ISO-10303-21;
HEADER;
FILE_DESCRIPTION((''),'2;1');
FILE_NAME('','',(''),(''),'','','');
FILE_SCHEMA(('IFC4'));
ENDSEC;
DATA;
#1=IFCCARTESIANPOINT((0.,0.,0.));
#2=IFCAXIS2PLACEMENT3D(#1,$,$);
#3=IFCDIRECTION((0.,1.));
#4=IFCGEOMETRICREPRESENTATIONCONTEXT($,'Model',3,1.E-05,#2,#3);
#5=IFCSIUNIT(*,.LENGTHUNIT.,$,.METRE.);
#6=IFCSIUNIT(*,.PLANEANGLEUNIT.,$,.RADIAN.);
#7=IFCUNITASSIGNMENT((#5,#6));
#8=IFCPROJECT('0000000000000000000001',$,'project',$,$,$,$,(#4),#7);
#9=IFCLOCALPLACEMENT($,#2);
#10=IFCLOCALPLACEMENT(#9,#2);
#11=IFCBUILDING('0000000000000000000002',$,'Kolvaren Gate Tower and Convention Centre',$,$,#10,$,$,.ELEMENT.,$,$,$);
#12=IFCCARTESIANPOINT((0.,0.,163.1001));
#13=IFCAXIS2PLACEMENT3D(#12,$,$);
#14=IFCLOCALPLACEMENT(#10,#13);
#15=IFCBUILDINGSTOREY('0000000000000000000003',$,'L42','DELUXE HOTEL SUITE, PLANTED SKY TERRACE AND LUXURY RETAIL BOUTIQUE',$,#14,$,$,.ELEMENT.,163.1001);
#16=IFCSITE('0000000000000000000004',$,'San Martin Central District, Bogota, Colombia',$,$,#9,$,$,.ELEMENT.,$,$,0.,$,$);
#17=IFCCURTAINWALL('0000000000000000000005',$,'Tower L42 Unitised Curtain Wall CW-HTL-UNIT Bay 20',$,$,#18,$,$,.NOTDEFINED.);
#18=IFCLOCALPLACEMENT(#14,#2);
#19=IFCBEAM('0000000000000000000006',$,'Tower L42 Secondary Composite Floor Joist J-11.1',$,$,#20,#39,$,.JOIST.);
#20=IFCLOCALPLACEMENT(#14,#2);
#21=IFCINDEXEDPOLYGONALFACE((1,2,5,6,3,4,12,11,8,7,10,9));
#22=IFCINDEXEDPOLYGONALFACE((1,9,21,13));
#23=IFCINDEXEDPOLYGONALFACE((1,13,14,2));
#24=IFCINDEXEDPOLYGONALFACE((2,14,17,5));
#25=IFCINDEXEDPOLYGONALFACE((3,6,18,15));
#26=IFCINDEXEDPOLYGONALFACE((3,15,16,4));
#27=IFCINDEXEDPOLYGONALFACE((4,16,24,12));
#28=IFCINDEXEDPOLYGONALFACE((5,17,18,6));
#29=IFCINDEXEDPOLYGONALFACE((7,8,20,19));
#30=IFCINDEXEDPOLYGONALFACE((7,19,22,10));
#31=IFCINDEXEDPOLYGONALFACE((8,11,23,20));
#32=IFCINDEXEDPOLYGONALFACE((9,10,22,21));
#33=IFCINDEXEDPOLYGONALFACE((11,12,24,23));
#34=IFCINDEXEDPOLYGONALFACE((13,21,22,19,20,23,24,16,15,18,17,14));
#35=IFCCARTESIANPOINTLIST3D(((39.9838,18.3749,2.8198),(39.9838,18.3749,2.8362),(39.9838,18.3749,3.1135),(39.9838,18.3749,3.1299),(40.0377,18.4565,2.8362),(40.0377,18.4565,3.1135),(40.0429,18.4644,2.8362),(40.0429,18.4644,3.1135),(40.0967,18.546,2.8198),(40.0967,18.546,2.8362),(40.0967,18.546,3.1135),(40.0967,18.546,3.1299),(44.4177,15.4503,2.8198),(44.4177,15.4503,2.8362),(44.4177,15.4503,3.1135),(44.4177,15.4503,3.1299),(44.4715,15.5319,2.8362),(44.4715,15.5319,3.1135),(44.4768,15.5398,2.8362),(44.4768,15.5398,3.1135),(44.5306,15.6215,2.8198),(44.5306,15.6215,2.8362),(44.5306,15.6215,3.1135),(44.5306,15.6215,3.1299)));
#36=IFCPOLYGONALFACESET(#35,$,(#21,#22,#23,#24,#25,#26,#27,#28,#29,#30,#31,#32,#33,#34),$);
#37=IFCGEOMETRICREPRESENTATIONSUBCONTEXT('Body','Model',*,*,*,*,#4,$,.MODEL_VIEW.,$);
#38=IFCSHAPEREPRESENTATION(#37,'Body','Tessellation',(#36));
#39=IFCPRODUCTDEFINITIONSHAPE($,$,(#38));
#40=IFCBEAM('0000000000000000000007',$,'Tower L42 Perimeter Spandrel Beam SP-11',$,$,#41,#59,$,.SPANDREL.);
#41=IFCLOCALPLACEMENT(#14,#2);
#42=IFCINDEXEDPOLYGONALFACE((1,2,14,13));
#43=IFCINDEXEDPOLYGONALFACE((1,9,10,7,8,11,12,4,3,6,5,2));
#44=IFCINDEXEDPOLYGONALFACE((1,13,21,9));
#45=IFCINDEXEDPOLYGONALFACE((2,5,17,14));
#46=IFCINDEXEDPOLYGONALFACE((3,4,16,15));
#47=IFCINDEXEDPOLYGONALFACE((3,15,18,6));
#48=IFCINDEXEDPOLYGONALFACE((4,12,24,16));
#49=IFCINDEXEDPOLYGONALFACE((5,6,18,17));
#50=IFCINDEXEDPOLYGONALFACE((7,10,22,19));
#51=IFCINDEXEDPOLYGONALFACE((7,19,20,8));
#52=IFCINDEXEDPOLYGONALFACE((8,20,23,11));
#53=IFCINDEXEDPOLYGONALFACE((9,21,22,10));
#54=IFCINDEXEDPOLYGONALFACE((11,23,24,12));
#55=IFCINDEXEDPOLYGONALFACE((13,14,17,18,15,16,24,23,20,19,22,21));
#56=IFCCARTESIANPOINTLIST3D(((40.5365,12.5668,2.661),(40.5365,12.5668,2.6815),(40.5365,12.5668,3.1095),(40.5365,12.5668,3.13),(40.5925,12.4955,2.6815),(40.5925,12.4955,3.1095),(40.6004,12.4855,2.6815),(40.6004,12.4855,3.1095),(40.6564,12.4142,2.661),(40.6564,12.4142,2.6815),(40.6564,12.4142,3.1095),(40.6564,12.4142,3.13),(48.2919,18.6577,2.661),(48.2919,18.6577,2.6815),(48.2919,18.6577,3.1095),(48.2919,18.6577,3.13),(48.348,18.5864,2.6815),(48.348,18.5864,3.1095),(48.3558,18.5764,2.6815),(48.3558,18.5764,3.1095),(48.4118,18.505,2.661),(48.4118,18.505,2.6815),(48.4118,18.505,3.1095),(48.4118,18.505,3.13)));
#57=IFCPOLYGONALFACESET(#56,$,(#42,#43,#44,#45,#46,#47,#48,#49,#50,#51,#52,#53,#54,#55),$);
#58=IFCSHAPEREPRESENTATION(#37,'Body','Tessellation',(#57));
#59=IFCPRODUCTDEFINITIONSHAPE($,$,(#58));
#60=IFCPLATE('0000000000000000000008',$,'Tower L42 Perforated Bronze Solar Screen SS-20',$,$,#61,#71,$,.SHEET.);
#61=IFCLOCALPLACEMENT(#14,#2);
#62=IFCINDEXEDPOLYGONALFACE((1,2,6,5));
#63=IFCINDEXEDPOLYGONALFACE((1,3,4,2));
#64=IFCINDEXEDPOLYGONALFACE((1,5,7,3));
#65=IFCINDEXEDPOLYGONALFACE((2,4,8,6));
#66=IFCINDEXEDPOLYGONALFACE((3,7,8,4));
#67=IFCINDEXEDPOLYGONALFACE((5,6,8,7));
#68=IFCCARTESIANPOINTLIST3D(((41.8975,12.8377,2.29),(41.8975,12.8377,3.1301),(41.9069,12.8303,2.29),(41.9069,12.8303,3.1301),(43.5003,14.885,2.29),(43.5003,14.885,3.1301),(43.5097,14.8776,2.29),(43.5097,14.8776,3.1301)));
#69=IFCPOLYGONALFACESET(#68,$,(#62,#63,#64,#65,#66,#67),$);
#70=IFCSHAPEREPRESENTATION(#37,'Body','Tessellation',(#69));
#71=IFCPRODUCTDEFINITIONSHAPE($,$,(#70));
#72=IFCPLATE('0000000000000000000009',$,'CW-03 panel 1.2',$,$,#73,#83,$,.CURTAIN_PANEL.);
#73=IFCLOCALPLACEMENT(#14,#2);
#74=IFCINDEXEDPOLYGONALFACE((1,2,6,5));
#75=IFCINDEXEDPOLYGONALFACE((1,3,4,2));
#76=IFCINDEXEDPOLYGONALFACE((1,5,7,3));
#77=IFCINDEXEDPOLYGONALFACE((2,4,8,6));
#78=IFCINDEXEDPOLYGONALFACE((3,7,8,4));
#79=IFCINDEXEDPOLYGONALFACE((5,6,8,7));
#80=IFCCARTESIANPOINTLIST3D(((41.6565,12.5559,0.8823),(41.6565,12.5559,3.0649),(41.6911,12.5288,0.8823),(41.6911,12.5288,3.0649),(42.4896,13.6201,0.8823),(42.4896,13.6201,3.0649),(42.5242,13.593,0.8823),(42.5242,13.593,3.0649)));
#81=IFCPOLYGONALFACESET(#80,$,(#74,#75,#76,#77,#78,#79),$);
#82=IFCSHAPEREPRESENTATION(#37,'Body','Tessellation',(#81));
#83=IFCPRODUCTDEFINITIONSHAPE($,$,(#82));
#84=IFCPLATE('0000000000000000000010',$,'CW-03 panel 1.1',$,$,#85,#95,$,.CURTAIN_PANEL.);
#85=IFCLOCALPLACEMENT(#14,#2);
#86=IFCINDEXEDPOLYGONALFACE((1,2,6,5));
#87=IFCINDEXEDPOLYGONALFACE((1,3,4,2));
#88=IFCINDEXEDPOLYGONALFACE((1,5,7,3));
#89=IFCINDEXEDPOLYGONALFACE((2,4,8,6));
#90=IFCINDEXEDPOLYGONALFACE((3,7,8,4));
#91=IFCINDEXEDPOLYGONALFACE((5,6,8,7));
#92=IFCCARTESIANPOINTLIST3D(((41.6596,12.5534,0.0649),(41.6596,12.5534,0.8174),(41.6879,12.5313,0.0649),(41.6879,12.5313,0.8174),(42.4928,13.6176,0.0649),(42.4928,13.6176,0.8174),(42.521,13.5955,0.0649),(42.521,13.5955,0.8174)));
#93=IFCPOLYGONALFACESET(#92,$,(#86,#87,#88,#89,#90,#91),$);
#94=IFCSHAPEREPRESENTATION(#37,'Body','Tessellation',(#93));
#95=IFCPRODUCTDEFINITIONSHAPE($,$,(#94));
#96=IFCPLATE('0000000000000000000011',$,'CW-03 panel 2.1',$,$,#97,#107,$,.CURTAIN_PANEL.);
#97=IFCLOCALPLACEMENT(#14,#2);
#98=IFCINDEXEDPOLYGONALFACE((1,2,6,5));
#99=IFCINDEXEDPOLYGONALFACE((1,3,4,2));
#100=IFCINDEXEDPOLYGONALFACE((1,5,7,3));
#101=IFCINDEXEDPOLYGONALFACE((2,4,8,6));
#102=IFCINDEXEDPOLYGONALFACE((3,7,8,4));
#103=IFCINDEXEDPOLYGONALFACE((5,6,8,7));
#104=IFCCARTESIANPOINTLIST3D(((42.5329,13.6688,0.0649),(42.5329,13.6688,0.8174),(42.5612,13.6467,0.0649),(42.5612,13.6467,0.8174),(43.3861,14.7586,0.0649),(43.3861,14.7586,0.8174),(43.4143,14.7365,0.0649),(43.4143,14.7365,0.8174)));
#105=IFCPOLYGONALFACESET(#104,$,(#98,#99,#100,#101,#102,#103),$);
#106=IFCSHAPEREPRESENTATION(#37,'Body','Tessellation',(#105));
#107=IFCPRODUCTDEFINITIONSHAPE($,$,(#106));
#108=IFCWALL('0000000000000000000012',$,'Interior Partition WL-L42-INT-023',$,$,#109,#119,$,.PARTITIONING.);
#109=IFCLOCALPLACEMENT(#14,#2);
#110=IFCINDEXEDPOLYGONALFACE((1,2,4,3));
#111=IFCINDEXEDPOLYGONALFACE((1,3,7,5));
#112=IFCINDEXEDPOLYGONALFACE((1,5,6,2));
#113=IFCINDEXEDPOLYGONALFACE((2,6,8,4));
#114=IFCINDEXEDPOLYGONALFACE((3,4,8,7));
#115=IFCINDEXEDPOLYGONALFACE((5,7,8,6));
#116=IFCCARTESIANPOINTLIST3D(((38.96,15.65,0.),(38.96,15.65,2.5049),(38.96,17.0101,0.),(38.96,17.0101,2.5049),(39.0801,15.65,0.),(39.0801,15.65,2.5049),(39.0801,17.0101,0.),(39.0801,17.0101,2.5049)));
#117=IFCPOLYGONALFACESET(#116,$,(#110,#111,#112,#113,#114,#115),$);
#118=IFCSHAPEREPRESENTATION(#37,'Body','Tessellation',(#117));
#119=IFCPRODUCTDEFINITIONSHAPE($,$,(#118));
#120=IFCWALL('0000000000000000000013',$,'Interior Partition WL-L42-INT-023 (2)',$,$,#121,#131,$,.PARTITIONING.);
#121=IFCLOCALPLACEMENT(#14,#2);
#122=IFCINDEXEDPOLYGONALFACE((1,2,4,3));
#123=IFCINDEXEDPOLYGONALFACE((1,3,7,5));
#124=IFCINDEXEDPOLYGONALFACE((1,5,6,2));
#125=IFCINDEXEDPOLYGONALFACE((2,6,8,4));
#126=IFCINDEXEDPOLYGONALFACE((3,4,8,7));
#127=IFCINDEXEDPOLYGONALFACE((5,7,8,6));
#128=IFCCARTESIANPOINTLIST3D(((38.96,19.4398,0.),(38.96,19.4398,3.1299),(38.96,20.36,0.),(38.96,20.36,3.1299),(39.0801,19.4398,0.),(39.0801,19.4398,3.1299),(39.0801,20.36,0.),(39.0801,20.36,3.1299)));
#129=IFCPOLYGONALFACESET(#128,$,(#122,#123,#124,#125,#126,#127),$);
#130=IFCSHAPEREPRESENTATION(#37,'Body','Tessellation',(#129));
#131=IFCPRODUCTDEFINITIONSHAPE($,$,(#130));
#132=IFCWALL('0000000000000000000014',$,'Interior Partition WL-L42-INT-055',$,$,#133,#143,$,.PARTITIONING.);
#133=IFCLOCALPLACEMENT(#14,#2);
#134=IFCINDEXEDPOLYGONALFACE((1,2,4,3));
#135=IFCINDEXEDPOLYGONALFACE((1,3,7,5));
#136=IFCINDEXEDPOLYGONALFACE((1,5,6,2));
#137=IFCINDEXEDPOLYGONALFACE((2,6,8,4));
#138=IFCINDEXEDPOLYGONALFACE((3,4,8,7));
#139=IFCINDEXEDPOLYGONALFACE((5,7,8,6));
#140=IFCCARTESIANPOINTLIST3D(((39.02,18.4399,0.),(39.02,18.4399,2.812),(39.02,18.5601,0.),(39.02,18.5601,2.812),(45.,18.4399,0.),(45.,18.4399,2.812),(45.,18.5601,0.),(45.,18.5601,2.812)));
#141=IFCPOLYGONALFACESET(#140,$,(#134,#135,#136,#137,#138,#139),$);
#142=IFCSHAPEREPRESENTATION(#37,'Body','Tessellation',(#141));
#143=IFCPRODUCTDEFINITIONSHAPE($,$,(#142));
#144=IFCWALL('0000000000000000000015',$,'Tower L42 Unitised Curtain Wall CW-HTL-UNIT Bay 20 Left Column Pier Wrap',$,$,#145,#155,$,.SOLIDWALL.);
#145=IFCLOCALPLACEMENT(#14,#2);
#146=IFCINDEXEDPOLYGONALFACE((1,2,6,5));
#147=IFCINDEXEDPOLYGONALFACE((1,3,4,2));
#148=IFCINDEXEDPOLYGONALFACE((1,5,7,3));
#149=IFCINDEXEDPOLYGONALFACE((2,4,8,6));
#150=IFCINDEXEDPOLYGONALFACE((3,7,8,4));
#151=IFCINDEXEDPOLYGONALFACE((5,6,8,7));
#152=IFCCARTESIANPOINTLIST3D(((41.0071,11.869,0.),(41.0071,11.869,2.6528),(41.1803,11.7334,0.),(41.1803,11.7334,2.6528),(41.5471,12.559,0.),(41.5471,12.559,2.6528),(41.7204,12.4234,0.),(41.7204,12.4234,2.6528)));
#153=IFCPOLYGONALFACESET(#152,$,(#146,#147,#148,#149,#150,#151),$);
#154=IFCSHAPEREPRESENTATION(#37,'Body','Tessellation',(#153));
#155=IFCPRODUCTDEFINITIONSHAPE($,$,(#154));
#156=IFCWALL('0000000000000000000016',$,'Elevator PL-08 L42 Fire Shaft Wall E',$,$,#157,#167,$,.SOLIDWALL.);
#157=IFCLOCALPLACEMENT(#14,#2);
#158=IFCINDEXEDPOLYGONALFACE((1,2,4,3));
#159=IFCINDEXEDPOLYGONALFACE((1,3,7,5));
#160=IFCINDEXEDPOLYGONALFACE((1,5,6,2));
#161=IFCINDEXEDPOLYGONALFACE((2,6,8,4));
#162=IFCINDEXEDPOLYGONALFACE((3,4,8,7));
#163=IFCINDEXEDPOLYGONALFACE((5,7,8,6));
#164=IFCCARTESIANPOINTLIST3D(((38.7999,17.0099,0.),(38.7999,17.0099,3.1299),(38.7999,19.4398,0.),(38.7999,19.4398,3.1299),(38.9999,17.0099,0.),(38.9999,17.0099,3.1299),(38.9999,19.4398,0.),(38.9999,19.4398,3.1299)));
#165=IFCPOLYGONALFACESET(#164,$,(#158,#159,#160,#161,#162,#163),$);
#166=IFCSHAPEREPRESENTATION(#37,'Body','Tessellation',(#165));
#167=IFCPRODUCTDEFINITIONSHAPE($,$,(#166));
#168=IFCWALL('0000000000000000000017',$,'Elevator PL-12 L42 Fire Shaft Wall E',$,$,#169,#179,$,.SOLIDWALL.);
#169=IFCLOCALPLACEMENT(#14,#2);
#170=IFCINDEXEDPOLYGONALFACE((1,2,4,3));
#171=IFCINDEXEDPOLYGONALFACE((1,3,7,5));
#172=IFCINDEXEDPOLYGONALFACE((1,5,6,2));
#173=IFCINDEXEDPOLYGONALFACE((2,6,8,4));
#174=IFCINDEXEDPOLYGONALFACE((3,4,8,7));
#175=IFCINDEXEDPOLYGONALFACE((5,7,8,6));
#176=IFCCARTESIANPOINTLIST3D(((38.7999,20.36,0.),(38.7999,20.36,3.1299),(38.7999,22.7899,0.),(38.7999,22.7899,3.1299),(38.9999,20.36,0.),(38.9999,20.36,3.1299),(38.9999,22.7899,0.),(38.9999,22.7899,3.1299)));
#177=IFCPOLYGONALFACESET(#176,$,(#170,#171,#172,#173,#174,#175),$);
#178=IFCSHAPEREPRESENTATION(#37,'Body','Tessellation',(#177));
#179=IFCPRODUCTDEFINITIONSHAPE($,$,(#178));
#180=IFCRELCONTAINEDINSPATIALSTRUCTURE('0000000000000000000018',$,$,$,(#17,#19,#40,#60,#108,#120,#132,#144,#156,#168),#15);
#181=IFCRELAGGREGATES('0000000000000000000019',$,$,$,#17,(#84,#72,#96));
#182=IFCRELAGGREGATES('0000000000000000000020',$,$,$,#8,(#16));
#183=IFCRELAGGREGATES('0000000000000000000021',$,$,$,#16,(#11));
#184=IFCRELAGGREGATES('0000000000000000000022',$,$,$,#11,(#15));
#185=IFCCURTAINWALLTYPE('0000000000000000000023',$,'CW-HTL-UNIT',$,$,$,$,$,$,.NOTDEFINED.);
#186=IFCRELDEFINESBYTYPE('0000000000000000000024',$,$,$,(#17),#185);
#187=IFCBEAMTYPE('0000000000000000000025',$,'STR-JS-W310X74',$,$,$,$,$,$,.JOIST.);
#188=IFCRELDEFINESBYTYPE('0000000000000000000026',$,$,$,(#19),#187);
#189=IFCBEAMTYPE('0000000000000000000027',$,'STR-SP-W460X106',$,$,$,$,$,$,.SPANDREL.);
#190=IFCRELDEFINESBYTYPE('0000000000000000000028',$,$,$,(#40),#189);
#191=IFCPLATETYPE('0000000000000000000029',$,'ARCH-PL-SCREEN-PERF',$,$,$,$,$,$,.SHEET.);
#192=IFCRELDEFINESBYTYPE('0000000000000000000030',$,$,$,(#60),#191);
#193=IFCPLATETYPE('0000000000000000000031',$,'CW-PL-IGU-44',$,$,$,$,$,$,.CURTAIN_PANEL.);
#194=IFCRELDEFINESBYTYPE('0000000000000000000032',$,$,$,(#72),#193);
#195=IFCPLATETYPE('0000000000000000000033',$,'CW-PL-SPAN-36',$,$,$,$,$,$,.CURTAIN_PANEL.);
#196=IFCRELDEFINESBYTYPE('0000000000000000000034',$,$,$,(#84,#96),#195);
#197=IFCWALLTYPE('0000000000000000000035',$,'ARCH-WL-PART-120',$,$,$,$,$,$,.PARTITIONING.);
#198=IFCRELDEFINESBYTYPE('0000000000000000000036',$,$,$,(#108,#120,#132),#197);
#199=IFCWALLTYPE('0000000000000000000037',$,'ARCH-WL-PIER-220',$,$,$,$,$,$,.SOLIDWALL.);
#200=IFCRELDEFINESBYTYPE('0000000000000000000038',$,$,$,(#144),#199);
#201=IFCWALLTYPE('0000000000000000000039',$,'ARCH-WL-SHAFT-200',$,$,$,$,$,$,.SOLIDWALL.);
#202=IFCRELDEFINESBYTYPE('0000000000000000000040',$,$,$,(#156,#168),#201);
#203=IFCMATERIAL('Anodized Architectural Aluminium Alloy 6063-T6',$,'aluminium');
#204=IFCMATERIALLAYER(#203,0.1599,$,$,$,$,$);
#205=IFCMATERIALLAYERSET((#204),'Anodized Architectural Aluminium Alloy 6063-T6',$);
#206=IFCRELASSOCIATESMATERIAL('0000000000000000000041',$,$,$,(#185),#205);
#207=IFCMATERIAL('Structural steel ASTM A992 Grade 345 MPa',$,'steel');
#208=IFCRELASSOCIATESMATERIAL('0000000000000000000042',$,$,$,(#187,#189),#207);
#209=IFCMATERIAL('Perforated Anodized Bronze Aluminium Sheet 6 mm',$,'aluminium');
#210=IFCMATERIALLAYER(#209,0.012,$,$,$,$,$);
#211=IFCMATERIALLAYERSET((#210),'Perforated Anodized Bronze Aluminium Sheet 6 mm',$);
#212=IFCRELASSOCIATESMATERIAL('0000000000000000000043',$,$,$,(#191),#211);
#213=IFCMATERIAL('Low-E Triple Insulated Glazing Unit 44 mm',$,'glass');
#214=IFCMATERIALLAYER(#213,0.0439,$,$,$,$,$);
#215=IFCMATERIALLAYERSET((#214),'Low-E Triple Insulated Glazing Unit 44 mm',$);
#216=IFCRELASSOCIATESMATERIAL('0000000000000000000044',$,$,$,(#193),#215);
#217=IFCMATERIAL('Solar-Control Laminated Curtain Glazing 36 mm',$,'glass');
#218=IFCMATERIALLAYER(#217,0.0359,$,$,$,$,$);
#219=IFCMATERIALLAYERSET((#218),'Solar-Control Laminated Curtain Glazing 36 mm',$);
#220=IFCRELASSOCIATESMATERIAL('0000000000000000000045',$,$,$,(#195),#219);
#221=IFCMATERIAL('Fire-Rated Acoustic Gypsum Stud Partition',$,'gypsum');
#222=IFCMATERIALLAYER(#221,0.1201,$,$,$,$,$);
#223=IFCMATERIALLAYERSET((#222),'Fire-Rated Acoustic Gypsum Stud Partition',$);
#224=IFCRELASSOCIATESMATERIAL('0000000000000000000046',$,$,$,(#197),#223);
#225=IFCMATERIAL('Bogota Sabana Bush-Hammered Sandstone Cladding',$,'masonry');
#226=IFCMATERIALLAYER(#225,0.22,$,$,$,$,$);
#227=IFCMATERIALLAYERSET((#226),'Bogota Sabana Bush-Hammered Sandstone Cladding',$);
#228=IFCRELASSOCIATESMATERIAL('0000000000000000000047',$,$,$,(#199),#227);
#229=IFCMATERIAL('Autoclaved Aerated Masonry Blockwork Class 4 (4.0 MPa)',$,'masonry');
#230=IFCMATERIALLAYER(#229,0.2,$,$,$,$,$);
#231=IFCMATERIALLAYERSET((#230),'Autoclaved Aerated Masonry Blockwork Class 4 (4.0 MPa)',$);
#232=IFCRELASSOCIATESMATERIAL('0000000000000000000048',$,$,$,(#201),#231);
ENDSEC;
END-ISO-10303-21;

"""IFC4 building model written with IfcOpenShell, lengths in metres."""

from ifc_helpers import new_model, si_unit, direction, frame, frame_2d, origin, origin_2d, place, context, subcontext, project, spatial, rectangle, i_section, extrude, material, layer, layer_set, material_profile, profile_set, type_object, element, aggregate, save


model = new_model("IFC4")

# Units and contexts
model_context = context("Model", 3, precision=1e-05, world=origin(), true_north=direction((0.0, 1.0)))
body_context = subcontext(model_context, "Body", "Model", "MODEL_VIEW")
ifc_project = project(units=[si_unit("LENGTHUNIT", "METRE"), si_unit("PLANEANGLEUNIT", "RADIAN")], contexts=[model_context])

# Site, building, storey
site_placement = place(None, origin())
site = spatial("IfcSite", under=ifc_project, at=site_placement, Name="San Martin Central District, Bogota, Colombia", CompositionType="ELEMENT", RefElevation=0.0)
building_placement = place(site_placement, origin())
building = spatial("IfcBuilding", under=site, at=building_placement, Name="Kolvaren Gate Tower and Convention Centre", CompositionType="ELEMENT")
storey_placement = place(building_placement, frame((0.0, 0.0, 163.1001)))
storey = spatial("IfcBuildingStorey", under=building, at=storey_placement, Name="L42", Description="DELUXE HOTEL SUITE, PLANTED SKY TERRACE AND LUXURY RETAIL BOUTIQUE", CompositionType="ELEMENT", Elevation=163.1001)

# Curtain wall
ifc_material_1 = material(Name="Anodized Architectural Aluminium Alloy 6063-T6", Category="aluminium")
ifc_layer_1 = layer(ifc_material_1, 0.1599)
ifc_layer_set_1 = layer_set([ifc_layer_1], Name="Anodized Architectural Aluminium Alloy 6063-T6")
curtain_wall_type = type_object("IfcCurtainWallType", Name="CW-HTL-UNIT", PredefinedType="NOTDEFINED", material=ifc_layer_set_1)
curtain_wall_placement = place(storey_placement, origin())
curtain_wall = element("IfcCurtainWall", 1, at=curtain_wall_placement, inside=storey, type_object=curtain_wall_type, Name="Tower L42 Unitised Curtain Wall CW-HTL-UNIT Bay 20", PredefinedType="NOTDEFINED")

# Beams
ifc_material_2 = material(Name="Structural steel ASTM A992 Grade 345 MPa", Category="steel")
ifc_material_profile_1 = material_profile(ifc_material_2, i_section(OverallWidth=0.2051, OverallDepth=0.3101, WebThickness=0.0095, FlangeThickness=0.0164, at=origin_2d()), Name="W310X74")
ifc_profile_set_1 = profile_set([ifc_material_profile_1], Name="Structural steel ASTM A992 Grade 345 MPa")
beam_type_1 = type_object("IfcBeamType", Name="STR-JS-W310X74", PredefinedType="JOIST", material=ifc_profile_set_1)
beam_1_placement = place(storey_placement, frame((40.0403, 18.4604, 2.9749), z_axis=(0.834763, -0.55061, 0.0), x_axis=(0.55061, 0.834763, 0.0)))
element("IfcBeam", 2, at=beam_1_placement, inside=storey, type_object=beam_type_1, Name="Tower L42 Secondary Composite Floor Joist J-11.1", PredefinedType="JOIST", context=body_context, shape_type="SweptSolid", body=[
    extrude(i_section(OverallWidth=0.2051, OverallDepth=0.3101, WebThickness=0.0095, FlangeThickness=0.0164, at=origin_2d()), origin(), (0.0, 0.0, 1.0), 5.3115),
])
ifc_material_profile_2 = material_profile(ifc_material_2, i_section(OverallWidth=0.1941, OverallDepth=0.469, WebThickness=0.0127, FlangeThickness=0.0205, at=origin_2d()), Name="W460X106")
ifc_profile_set_2 = profile_set([ifc_material_profile_2], Name="Structural steel ASTM A992 Grade 345 MPa")
beam_type_2 = type_object("IfcBeamType", Name="STR-SP-W460X106", PredefinedType="SPANDREL", material=ifc_profile_set_2)
beam_2_placement = place(storey_placement, frame((40.5964, 12.4905, 2.8955), z_axis=(0.786451, 0.617653, 0.0), x_axis=(-0.617653, 0.786451, 0.0)))
element("IfcBeam", 3, at=beam_2_placement, inside=storey, type_object=beam_type_2, Name="Tower L42 Perimeter Spandrel Beam SP-11", PredefinedType="SPANDREL", context=body_context, shape_type="SweptSolid", body=[
    extrude(i_section(OverallWidth=0.1941, OverallDepth=0.469, WebThickness=0.0127, FlangeThickness=0.0205, at=origin_2d()), origin(), (0.0, 0.0, 1.0), 9.8613),
])

# Plates
ifc_material_3 = material(Name="Perforated Anodized Bronze Aluminium Sheet 6 mm", Category="aluminium")
ifc_layer_2 = layer(ifc_material_3, 0.012)
ifc_layer_set_2 = layer_set([ifc_layer_2], Name="Perforated Anodized Bronze Aluminium Sheet 6 mm")
plate_type_1 = type_object("IfcPlateType", Name="ARCH-PL-SCREEN-PERF", PredefinedType="SHEET", material=ifc_layer_set_2)
plate_1_placement = place(storey_placement, frame((42.7036, 13.8577, 2.29), z_axis=(0.0, 0.0, 1.0), x_axis=(0.616434, 0.787406, 0.0)))
element("IfcPlate", 4, at=plate_1_placement, inside=storey, type_object=plate_type_1, Name="Tower L42 Perforated Bronze Solar Screen SS-20", PredefinedType="SHEET", context=body_context, shape_type="SweptSolid", body=[
    extrude(rectangle(XDim=2.6001, YDim=0.012, at=origin_2d()), origin(), (0.0, 0.0, 1.0), 0.8401),
])
ifc_material_4 = material(Name="Low-E Triple Insulated Glazing Unit 44 mm", Category="glass")
ifc_layer_3 = layer(ifc_material_4, 0.0439)
ifc_layer_set_3 = layer_set([ifc_layer_3], Name="Low-E Triple Insulated Glazing Unit 44 mm")
plate_type_2 = type_object("IfcPlateType", Name="CW-PL-IGU-44", PredefinedType="CURTAIN_PANEL", material=ifc_layer_set_3)
plate_2_placement = place(storey_placement, frame((42.0903, 13.0745, 0.8823), z_axis=(0.0, 0.0, 1.0), x_axis=(0.616438, 0.787404, 0.0)))
plate_2 = element("IfcPlate", 5, at=plate_2_placement, type_object=plate_type_2, Name="CW-03 panel 1.2", PredefinedType="CURTAIN_PANEL", context=body_context, shape_type="SweptSolid", body=[
    extrude(rectangle(XDim=1.3516, YDim=0.0439, at=origin_2d()), origin(), (0.0, 0.0, 1.0), 2.1826),
])
ifc_material_5 = material(Name="Solar-Control Laminated Curtain Glazing 36 mm", Category="glass")
ifc_layer_4 = layer(ifc_material_5, 0.0359)
ifc_layer_set_4 = layer_set([ifc_layer_4], Name="Solar-Control Laminated Curtain Glazing 36 mm")
plate_type_3 = type_object("IfcPlateType", Name="CW-PL-SPAN-36", PredefinedType="CURTAIN_PANEL", material=ifc_layer_set_4)
plate_3_placement = place(storey_placement, frame((42.0903, 13.0745, 0.0649), z_axis=(0.0, 0.0, 1.0), x_axis=(0.616438, 0.787404, 0.0)))
plate_3 = element("IfcPlate", 6, at=plate_3_placement, type_object=plate_type_3, Name="CW-03 panel 1.1", PredefinedType="CURTAIN_PANEL", context=body_context, shape_type="SweptSolid", body=[
    extrude(rectangle(XDim=1.3516, YDim=0.0359, at=origin_2d()), origin(), (0.0, 0.0, 1.0), 0.7524),
])
plate_4_placement = place(storey_placement, frame((42.9736, 14.2026, 0.0649), z_axis=(0.0, 0.0, 1.0), x_axis=(0.616438, 0.787404, 0.0)))
plate_4 = element("IfcPlate", 7, at=plate_4_placement, type_object=plate_type_3, Name="CW-03 panel 2.1", PredefinedType="CURTAIN_PANEL", context=body_context, shape_type="SweptSolid", body=[
    extrude(rectangle(XDim=1.384, YDim=0.0359, at=origin_2d()), origin(), (0.0, 0.0, 1.0), 0.7524),
])
aggregate(curtain_wall, [plate_3, plate_2, plate_4])

# Walls
ifc_material_6 = material(Name="Fire-Rated Acoustic Gypsum Stud Partition", Category="gypsum")
ifc_layer_5 = layer(ifc_material_6, 0.1201)
ifc_layer_set_5 = layer_set([ifc_layer_5], Name="Fire-Rated Acoustic Gypsum Stud Partition")
wall_type_1 = type_object("IfcWallType", Name="ARCH-WL-PART-120", PredefinedType="PARTITIONING", material=ifc_layer_set_5)
wall_1_placement = place(storey_placement, frame((39.02, 15.6499, 0.0), z_axis=(0.0, 0.0, 1.0), x_axis=(0.0, 1.0, 0.0)))
element("IfcWall", 8, at=wall_1_placement, inside=storey, type_object=wall_type_1, Name="Interior Partition WL-L42-INT-023", PredefinedType="PARTITIONING", context=body_context, shape_type="SweptSolid", body=[
    extrude(rectangle(XDim=1.3601, YDim=0.1201, at=frame_2d((0.6802, 0.0))), origin(), (0.0, 0.0, 1.0), 2.5049),
])
wall_2_placement = place(storey_placement, frame((39.02, 19.4399, 0.0), z_axis=(0.0, 0.0, 1.0), x_axis=(0.0, 1.0, 0.0)))
element("IfcWall", 9, at=wall_2_placement, inside=storey, type_object=wall_type_1, Name="Interior Partition WL-L42-INT-023 (2)", PredefinedType="PARTITIONING", context=body_context, shape_type="SweptSolid", body=[
    extrude(rectangle(XDim=0.9202, YDim=0.1201, at=frame_2d((0.46, 0.0))), origin(), (0.0, 0.0, 1.0), 3.1299),
])
wall_3_placement = place(storey_placement, frame((39.02, 18.5, 0.0), z_axis=(0.0, 0.0, 1.0), x_axis=(1.0, 0.0, 0.0)))
element("IfcWall", 10, at=wall_3_placement, inside=storey, type_object=wall_type_1, Name="Interior Partition WL-L42-INT-055", PredefinedType="PARTITIONING", context=body_context, shape_type="SweptSolid", body=[
    extrude(rectangle(XDim=5.98, YDim=0.1201, at=frame_2d((2.99, 0.0))), origin(), (0.0, 0.0, 1.0), 2.812),
])
ifc_material_7 = material(Name="Bogota Sabana Bush-Hammered Sandstone Cladding", Category="masonry")
ifc_layer_6 = layer(ifc_material_7, 0.22)
ifc_layer_set_6 = layer_set([ifc_layer_6], Name="Bogota Sabana Bush-Hammered Sandstone Cladding")
wall_type_2 = type_object("IfcWallType", Name="ARCH-WL-PIER-220", PredefinedType="SOLIDWALL", material=ifc_layer_set_6)
wall_4_placement = place(storey_placement, frame((41.0938, 11.8013, 0.0), z_axis=(0.0, 0.0, 1.0), x_axis=(0.616368, 0.787458, 0.0)))
element("IfcWall", 11, at=wall_4_placement, inside=storey, type_object=wall_type_2, Name="Tower L42 Unitised Curtain Wall CW-HTL-UNIT Bay 20 Left Column Pier Wrap", PredefinedType="SOLIDWALL", context=body_context, shape_type="SweptSolid", body=[
    extrude(rectangle(XDim=0.8762, YDim=0.22, at=frame_2d((0.438, 0.0))), origin(), (0.0, 0.0, 1.0), 2.6528),
])
ifc_material_8 = material(Name="Autoclaved Aerated Masonry Blockwork Class 4 (4.0 MPa)", Category="masonry")
ifc_layer_7 = layer(ifc_material_8, 0.2)
ifc_layer_set_7 = layer_set([ifc_layer_7], Name="Autoclaved Aerated Masonry Blockwork Class 4 (4.0 MPa)")
wall_type_3 = type_object("IfcWallType", Name="ARCH-WL-SHAFT-200", PredefinedType="SOLIDWALL", material=ifc_layer_set_7)
for number, where, z_axis, x_axis, name in (
    (12, (38.8999, 17.01, 0.0), (0.0, 0.0, 1.0), (0.0, 1.0, 0.0), "Elevator PL-08 L42 Fire Shaft Wall E"),
    (13, (38.8999, 20.3601, 0.0), (0.0, 0.0, 1.0), (0.0, 1.0, 0.0), "Elevator PL-12 L42 Fire Shaft Wall E"),
):
    element("IfcWall", number, at=place(storey_placement, frame(where, z_axis=z_axis, x_axis=x_axis)), inside=storey, type_object=wall_type_3, Name=name, PredefinedType="SOLIDWALL", context=body_context, shape_type="SweptSolid", body=[
        extrude(rectangle(XDim=2.4299, YDim=0.2, at=frame_2d((1.2148, 0.0))), origin(), (0.0, 0.0, 1.0), 3.1299),
    ])

save(model, "model.ifc")
